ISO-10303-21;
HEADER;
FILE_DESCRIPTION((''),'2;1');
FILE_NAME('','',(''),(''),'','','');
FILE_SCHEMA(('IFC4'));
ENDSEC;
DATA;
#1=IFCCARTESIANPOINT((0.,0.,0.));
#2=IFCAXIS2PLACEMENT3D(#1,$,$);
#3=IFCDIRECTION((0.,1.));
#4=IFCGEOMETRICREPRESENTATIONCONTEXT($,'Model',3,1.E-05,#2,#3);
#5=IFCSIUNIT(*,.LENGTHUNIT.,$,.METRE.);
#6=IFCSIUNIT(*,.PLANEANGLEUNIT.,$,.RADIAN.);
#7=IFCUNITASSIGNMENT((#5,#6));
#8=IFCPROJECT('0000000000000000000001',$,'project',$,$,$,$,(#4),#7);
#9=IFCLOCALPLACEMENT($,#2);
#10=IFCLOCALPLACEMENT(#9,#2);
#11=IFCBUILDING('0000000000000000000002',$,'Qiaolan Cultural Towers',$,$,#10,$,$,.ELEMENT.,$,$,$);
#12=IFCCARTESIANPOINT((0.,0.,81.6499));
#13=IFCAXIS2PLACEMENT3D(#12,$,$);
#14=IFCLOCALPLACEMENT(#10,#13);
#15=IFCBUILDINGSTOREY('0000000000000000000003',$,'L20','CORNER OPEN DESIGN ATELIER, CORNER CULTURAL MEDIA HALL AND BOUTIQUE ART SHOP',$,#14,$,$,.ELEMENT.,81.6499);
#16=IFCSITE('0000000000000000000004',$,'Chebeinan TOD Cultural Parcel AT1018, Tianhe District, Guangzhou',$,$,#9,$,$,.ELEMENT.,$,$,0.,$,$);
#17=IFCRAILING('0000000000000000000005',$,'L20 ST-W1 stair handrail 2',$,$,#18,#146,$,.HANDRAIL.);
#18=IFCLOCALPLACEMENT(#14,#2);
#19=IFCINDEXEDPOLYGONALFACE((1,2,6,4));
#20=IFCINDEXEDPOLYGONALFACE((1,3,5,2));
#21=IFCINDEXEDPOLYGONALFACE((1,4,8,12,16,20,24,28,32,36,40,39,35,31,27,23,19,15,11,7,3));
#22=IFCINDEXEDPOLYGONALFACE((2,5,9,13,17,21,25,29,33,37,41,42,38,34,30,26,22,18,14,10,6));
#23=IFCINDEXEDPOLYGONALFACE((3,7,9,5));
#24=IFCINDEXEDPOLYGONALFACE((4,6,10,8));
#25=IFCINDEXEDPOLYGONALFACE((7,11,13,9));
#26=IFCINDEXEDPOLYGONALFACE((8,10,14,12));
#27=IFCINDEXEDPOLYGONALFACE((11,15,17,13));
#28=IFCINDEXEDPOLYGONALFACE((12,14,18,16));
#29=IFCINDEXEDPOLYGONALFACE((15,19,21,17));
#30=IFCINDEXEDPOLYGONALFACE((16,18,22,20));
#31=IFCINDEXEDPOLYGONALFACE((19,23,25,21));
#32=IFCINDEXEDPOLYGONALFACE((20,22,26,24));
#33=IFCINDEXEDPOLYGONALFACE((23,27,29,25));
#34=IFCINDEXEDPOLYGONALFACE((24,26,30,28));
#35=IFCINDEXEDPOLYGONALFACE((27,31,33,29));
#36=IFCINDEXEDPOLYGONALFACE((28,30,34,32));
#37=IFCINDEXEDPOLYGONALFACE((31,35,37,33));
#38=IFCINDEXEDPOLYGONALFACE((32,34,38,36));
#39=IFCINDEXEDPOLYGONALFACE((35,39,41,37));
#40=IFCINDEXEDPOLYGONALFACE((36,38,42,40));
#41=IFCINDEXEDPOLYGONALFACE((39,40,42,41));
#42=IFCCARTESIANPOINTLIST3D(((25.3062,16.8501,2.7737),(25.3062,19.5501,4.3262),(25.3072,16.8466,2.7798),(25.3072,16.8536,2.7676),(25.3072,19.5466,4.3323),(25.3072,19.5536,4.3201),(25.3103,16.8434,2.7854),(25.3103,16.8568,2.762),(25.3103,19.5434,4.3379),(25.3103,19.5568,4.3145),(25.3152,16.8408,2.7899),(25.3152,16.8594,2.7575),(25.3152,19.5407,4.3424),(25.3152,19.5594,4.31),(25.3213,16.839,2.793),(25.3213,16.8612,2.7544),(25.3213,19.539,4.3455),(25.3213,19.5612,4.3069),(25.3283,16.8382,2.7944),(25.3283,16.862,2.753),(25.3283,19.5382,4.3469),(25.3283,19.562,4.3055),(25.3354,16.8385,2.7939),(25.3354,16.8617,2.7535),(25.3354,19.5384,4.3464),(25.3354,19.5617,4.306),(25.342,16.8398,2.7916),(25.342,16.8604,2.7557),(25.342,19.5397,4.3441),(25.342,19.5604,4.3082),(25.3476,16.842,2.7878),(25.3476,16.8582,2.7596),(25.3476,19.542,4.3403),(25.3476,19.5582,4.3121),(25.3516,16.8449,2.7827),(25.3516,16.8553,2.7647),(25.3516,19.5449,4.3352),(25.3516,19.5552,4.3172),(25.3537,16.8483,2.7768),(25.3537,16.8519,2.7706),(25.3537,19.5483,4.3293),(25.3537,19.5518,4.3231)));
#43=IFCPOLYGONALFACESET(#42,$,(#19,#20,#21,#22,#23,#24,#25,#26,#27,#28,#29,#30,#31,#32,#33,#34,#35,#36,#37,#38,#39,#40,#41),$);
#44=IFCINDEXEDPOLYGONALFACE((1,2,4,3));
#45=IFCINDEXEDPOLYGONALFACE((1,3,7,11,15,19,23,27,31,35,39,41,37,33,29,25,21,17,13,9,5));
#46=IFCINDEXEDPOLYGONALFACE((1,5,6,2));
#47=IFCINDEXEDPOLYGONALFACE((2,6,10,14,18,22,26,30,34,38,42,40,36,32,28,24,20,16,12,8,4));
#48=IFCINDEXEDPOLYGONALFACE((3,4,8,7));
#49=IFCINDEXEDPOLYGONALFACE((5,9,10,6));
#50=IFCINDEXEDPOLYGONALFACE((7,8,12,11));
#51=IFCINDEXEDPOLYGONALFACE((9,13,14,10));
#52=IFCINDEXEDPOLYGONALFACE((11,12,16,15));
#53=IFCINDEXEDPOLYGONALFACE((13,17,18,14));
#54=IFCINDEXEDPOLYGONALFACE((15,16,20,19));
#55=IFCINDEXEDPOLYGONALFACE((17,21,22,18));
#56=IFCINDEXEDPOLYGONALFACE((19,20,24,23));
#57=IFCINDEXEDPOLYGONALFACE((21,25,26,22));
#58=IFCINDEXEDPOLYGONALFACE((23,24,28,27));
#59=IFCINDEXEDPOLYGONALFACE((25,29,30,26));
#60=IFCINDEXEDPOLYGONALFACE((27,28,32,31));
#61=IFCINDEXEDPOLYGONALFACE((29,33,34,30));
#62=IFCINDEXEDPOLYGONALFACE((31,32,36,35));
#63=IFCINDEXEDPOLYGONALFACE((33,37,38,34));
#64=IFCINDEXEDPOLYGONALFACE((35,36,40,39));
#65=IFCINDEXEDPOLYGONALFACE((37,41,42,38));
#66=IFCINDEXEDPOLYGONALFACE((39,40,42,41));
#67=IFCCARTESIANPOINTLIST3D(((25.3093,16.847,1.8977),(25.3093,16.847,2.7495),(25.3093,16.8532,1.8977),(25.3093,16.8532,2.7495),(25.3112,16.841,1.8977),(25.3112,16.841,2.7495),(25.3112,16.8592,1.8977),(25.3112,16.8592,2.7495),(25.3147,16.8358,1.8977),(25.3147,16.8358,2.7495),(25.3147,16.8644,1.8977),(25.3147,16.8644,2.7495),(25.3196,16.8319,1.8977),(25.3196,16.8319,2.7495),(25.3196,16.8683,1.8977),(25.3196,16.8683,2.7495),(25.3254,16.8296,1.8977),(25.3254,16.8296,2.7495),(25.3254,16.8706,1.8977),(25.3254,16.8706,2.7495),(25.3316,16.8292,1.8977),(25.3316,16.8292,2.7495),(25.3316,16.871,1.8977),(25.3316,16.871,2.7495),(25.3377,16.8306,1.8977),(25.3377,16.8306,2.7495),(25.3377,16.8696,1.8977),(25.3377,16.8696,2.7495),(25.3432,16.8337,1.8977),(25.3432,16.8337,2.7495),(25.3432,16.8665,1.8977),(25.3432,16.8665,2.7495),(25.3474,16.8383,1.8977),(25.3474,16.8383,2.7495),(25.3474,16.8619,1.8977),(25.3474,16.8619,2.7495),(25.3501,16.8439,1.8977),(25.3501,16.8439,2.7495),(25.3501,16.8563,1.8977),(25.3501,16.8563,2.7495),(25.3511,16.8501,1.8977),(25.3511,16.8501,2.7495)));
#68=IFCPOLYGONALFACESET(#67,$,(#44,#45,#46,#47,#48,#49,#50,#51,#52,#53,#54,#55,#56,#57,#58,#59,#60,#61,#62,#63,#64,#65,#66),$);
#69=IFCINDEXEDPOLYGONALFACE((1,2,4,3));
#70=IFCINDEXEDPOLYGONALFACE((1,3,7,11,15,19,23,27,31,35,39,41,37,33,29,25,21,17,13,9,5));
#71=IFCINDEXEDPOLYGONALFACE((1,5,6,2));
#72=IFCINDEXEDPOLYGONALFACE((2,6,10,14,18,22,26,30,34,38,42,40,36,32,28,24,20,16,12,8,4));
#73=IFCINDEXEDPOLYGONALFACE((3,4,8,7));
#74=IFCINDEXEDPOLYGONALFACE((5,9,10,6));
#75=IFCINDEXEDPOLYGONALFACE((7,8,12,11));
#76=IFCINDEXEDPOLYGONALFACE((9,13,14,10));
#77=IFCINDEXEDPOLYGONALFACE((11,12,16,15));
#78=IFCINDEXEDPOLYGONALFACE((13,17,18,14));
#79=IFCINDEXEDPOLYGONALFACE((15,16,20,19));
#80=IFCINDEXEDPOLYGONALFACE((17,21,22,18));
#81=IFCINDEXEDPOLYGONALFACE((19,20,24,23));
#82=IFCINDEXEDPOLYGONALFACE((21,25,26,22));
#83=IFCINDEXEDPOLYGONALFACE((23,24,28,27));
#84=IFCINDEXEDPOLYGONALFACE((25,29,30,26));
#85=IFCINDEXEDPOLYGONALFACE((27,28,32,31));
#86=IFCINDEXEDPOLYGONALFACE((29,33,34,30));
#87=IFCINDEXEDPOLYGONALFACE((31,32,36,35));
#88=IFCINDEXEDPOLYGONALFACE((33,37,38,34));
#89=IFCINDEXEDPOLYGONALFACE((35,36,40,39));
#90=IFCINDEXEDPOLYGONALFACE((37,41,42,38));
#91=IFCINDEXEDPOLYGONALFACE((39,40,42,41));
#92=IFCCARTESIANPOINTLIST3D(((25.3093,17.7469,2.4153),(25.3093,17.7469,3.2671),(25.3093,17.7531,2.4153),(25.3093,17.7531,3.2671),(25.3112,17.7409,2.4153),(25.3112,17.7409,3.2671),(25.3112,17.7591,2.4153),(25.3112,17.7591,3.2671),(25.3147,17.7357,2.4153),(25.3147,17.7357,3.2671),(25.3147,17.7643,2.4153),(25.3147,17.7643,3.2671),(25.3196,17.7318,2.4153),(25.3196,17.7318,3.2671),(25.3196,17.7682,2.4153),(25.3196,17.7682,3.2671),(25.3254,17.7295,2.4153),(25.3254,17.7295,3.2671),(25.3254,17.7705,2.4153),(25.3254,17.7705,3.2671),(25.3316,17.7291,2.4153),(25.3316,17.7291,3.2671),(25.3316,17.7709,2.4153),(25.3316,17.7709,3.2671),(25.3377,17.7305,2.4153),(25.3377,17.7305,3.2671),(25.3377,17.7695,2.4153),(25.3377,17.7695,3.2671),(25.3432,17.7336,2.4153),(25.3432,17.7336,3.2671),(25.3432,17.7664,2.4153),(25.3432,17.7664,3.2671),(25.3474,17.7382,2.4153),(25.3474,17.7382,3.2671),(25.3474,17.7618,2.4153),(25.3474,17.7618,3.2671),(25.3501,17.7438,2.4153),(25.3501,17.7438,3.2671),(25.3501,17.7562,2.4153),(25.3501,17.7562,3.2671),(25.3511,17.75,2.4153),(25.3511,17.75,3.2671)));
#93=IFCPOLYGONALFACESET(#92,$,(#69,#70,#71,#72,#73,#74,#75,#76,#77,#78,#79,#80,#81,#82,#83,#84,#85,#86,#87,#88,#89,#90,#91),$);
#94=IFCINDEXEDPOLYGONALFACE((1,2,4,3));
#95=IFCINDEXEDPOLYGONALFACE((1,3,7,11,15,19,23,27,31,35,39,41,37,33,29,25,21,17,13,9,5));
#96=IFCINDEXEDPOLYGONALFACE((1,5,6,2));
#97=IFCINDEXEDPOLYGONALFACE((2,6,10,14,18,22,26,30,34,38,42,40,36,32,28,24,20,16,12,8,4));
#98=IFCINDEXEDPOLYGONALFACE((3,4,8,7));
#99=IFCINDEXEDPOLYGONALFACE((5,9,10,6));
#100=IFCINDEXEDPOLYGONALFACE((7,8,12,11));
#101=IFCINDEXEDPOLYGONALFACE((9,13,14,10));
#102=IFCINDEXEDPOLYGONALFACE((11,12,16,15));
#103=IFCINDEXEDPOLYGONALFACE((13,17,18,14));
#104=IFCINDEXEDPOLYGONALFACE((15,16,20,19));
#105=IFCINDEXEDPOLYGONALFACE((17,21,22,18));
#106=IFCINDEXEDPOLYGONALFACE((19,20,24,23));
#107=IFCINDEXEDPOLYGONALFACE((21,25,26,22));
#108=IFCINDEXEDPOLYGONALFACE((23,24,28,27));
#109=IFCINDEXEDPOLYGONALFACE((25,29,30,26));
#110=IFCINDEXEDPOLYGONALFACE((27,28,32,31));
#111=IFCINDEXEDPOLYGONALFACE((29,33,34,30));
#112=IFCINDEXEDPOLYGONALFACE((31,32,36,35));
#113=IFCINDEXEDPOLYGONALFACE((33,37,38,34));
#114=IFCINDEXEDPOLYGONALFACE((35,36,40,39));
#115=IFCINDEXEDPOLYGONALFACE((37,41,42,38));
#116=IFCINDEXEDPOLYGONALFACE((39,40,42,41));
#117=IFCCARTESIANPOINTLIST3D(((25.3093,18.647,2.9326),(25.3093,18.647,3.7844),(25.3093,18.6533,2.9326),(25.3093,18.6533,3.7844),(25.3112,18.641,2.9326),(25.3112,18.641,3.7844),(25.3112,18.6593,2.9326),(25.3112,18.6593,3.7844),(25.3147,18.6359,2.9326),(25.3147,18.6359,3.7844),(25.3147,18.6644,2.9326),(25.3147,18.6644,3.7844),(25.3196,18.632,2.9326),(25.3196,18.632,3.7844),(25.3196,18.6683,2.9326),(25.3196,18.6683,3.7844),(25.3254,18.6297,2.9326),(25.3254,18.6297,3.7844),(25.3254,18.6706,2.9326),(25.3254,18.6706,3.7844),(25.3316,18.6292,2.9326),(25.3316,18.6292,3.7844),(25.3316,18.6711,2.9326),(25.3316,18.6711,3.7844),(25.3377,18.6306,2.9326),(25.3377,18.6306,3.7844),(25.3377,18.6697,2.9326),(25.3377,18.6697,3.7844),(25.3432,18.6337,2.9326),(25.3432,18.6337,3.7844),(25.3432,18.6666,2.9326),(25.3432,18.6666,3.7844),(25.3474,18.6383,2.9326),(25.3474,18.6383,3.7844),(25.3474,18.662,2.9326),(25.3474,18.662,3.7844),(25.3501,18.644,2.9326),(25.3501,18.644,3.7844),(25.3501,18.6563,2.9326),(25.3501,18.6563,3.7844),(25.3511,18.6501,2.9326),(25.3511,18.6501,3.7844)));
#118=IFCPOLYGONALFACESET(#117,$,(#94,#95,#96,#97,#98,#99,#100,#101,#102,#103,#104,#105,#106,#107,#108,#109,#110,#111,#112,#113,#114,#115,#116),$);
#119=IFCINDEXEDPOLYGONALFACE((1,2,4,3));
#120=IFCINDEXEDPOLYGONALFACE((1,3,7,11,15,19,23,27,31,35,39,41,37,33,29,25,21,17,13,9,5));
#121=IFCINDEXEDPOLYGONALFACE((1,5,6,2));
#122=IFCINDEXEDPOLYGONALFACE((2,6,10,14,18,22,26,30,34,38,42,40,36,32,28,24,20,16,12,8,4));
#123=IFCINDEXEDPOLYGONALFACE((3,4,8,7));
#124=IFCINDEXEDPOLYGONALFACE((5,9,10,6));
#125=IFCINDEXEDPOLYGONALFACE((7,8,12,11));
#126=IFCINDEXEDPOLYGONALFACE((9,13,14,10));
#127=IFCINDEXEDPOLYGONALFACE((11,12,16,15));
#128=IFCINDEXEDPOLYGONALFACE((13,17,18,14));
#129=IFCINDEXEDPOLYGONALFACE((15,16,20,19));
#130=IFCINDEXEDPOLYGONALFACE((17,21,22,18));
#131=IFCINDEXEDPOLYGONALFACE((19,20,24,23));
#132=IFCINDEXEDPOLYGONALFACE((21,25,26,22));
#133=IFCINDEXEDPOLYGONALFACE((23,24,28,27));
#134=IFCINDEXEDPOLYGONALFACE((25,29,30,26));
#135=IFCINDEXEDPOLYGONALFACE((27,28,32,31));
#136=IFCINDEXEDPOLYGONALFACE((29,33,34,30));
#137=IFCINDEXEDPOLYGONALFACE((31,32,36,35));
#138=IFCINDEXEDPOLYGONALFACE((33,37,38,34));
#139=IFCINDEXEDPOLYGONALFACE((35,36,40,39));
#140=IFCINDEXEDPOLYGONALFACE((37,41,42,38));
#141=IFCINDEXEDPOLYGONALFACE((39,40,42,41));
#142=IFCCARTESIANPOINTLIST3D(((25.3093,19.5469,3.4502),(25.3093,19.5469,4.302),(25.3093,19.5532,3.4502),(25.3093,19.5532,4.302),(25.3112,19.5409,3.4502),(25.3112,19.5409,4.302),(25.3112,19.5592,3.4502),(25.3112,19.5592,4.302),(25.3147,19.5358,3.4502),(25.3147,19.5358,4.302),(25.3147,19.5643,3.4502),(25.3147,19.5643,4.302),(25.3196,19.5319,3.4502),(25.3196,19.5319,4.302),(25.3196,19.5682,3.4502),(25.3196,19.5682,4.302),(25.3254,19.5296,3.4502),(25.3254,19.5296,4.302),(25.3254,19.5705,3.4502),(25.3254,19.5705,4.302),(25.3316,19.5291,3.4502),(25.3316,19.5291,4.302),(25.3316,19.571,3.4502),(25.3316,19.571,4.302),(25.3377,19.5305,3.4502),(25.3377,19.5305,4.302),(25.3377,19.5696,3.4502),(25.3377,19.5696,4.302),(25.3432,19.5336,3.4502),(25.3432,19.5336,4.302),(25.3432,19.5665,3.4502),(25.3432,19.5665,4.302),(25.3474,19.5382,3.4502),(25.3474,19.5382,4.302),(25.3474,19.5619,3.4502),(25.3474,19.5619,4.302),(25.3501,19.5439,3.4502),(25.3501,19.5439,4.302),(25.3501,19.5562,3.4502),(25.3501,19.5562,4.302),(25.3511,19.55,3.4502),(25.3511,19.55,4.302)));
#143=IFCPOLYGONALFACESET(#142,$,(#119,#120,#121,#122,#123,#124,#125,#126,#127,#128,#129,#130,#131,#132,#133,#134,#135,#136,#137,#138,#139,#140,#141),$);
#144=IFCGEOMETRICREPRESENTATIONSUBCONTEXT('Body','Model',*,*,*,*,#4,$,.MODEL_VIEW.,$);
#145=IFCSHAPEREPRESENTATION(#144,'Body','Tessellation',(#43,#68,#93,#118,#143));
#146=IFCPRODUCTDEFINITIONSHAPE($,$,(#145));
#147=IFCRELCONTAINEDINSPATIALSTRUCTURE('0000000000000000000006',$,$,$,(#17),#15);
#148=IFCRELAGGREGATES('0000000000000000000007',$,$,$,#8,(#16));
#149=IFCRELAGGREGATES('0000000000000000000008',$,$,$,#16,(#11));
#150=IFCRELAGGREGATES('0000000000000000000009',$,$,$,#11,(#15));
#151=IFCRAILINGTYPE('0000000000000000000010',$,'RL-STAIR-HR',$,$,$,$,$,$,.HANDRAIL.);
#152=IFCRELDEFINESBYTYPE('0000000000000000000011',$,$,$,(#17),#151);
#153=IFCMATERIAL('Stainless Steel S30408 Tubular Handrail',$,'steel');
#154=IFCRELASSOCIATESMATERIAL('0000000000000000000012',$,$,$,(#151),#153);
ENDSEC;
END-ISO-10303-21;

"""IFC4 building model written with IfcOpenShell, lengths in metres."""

from ifc_helpers import new_model, si_unit, direction, frame, origin, origin_2d, place, context, subcontext, project, spatial, circle, extrude, material, type_object, element, save


model = new_model("IFC4")

# Units and contexts
model_context = context("Model", 3, precision=1e-05, world=origin(), true_north=direction((0.0, 1.0)))
body_context = subcontext(model_context, "Body", "Model", "MODEL_VIEW")
ifc_project = project(units=[si_unit("LENGTHUNIT", "METRE"), si_unit("PLANEANGLEUNIT", "RADIAN")], contexts=[model_context])

# Site, building, storey
site_placement = place(None, origin())
site = spatial("IfcSite", under=ifc_project, at=site_placement, Name="Chebeinan TOD Cultural Parcel AT1018, Tianhe District, Guangzhou", CompositionType="ELEMENT", RefElevation=0.0)
building_placement = place(site_placement, origin())
building = spatial("IfcBuilding", under=site, at=building_placement, Name="Qiaolan Cultural Towers", CompositionType="ELEMENT")
storey_placement = place(building_placement, frame((0.0, 0.0, 81.6499)))
storey = spatial("IfcBuildingStorey", under=building, at=storey_placement, Name="L20", Description="CORNER OPEN DESIGN ATELIER, CORNER CULTURAL MEDIA HALL AND BOUTIQUE ART SHOP", CompositionType="ELEMENT", Elevation=81.6499)

# Railing
ifc_material_1 = material(Name="Stainless Steel S30408 Tubular Handrail", Category="steel")
railing_type_1 = type_object("IfcRailingType", Name="RL-STAIR-HR", PredefinedType="HANDRAIL", material=ifc_material_1)
railing_1_placement = place(storey_placement, frame((25.3301, 16.8501, 1.8977)))
element("IfcRailing", 1, at=railing_1_placement, inside=storey, type_object=railing_type_1, Name="L20 ST-W1 stair handrail 2", PredefinedType="HANDRAIL", context=body_context, shape_type="SweptSolid", body=[
    extrude(circle(Radius=0.0239, at=origin_2d()), frame((0.0, 0.0, 0.876), z_axis=(0.0, 0.866904, 0.498476), x_axis=(-1.0, 0.0, 0.0)), (0.0, 0.0, 1.0), 3.1145),
    extrude(circle(Radius=0.021, at=origin_2d()), origin(), (0.0, 0.0, 1.0), 0.8518),
    extrude(circle(Radius=0.021, at=origin_2d()), frame((0.0, 0.8999, 0.5176)), (0.0, 0.0, 1.0), 0.8518),
    extrude(circle(Radius=0.021, at=origin_2d()), frame((0.0, 1.8, 1.0349)), (0.0, 0.0, 1.0), 0.8518),
    extrude(circle(Radius=0.021, at=origin_2d()), frame((0.0, 2.7, 1.5525)), (0.0, 0.0, 1.0), 0.8518),
])

save(model, "model.ifc")
